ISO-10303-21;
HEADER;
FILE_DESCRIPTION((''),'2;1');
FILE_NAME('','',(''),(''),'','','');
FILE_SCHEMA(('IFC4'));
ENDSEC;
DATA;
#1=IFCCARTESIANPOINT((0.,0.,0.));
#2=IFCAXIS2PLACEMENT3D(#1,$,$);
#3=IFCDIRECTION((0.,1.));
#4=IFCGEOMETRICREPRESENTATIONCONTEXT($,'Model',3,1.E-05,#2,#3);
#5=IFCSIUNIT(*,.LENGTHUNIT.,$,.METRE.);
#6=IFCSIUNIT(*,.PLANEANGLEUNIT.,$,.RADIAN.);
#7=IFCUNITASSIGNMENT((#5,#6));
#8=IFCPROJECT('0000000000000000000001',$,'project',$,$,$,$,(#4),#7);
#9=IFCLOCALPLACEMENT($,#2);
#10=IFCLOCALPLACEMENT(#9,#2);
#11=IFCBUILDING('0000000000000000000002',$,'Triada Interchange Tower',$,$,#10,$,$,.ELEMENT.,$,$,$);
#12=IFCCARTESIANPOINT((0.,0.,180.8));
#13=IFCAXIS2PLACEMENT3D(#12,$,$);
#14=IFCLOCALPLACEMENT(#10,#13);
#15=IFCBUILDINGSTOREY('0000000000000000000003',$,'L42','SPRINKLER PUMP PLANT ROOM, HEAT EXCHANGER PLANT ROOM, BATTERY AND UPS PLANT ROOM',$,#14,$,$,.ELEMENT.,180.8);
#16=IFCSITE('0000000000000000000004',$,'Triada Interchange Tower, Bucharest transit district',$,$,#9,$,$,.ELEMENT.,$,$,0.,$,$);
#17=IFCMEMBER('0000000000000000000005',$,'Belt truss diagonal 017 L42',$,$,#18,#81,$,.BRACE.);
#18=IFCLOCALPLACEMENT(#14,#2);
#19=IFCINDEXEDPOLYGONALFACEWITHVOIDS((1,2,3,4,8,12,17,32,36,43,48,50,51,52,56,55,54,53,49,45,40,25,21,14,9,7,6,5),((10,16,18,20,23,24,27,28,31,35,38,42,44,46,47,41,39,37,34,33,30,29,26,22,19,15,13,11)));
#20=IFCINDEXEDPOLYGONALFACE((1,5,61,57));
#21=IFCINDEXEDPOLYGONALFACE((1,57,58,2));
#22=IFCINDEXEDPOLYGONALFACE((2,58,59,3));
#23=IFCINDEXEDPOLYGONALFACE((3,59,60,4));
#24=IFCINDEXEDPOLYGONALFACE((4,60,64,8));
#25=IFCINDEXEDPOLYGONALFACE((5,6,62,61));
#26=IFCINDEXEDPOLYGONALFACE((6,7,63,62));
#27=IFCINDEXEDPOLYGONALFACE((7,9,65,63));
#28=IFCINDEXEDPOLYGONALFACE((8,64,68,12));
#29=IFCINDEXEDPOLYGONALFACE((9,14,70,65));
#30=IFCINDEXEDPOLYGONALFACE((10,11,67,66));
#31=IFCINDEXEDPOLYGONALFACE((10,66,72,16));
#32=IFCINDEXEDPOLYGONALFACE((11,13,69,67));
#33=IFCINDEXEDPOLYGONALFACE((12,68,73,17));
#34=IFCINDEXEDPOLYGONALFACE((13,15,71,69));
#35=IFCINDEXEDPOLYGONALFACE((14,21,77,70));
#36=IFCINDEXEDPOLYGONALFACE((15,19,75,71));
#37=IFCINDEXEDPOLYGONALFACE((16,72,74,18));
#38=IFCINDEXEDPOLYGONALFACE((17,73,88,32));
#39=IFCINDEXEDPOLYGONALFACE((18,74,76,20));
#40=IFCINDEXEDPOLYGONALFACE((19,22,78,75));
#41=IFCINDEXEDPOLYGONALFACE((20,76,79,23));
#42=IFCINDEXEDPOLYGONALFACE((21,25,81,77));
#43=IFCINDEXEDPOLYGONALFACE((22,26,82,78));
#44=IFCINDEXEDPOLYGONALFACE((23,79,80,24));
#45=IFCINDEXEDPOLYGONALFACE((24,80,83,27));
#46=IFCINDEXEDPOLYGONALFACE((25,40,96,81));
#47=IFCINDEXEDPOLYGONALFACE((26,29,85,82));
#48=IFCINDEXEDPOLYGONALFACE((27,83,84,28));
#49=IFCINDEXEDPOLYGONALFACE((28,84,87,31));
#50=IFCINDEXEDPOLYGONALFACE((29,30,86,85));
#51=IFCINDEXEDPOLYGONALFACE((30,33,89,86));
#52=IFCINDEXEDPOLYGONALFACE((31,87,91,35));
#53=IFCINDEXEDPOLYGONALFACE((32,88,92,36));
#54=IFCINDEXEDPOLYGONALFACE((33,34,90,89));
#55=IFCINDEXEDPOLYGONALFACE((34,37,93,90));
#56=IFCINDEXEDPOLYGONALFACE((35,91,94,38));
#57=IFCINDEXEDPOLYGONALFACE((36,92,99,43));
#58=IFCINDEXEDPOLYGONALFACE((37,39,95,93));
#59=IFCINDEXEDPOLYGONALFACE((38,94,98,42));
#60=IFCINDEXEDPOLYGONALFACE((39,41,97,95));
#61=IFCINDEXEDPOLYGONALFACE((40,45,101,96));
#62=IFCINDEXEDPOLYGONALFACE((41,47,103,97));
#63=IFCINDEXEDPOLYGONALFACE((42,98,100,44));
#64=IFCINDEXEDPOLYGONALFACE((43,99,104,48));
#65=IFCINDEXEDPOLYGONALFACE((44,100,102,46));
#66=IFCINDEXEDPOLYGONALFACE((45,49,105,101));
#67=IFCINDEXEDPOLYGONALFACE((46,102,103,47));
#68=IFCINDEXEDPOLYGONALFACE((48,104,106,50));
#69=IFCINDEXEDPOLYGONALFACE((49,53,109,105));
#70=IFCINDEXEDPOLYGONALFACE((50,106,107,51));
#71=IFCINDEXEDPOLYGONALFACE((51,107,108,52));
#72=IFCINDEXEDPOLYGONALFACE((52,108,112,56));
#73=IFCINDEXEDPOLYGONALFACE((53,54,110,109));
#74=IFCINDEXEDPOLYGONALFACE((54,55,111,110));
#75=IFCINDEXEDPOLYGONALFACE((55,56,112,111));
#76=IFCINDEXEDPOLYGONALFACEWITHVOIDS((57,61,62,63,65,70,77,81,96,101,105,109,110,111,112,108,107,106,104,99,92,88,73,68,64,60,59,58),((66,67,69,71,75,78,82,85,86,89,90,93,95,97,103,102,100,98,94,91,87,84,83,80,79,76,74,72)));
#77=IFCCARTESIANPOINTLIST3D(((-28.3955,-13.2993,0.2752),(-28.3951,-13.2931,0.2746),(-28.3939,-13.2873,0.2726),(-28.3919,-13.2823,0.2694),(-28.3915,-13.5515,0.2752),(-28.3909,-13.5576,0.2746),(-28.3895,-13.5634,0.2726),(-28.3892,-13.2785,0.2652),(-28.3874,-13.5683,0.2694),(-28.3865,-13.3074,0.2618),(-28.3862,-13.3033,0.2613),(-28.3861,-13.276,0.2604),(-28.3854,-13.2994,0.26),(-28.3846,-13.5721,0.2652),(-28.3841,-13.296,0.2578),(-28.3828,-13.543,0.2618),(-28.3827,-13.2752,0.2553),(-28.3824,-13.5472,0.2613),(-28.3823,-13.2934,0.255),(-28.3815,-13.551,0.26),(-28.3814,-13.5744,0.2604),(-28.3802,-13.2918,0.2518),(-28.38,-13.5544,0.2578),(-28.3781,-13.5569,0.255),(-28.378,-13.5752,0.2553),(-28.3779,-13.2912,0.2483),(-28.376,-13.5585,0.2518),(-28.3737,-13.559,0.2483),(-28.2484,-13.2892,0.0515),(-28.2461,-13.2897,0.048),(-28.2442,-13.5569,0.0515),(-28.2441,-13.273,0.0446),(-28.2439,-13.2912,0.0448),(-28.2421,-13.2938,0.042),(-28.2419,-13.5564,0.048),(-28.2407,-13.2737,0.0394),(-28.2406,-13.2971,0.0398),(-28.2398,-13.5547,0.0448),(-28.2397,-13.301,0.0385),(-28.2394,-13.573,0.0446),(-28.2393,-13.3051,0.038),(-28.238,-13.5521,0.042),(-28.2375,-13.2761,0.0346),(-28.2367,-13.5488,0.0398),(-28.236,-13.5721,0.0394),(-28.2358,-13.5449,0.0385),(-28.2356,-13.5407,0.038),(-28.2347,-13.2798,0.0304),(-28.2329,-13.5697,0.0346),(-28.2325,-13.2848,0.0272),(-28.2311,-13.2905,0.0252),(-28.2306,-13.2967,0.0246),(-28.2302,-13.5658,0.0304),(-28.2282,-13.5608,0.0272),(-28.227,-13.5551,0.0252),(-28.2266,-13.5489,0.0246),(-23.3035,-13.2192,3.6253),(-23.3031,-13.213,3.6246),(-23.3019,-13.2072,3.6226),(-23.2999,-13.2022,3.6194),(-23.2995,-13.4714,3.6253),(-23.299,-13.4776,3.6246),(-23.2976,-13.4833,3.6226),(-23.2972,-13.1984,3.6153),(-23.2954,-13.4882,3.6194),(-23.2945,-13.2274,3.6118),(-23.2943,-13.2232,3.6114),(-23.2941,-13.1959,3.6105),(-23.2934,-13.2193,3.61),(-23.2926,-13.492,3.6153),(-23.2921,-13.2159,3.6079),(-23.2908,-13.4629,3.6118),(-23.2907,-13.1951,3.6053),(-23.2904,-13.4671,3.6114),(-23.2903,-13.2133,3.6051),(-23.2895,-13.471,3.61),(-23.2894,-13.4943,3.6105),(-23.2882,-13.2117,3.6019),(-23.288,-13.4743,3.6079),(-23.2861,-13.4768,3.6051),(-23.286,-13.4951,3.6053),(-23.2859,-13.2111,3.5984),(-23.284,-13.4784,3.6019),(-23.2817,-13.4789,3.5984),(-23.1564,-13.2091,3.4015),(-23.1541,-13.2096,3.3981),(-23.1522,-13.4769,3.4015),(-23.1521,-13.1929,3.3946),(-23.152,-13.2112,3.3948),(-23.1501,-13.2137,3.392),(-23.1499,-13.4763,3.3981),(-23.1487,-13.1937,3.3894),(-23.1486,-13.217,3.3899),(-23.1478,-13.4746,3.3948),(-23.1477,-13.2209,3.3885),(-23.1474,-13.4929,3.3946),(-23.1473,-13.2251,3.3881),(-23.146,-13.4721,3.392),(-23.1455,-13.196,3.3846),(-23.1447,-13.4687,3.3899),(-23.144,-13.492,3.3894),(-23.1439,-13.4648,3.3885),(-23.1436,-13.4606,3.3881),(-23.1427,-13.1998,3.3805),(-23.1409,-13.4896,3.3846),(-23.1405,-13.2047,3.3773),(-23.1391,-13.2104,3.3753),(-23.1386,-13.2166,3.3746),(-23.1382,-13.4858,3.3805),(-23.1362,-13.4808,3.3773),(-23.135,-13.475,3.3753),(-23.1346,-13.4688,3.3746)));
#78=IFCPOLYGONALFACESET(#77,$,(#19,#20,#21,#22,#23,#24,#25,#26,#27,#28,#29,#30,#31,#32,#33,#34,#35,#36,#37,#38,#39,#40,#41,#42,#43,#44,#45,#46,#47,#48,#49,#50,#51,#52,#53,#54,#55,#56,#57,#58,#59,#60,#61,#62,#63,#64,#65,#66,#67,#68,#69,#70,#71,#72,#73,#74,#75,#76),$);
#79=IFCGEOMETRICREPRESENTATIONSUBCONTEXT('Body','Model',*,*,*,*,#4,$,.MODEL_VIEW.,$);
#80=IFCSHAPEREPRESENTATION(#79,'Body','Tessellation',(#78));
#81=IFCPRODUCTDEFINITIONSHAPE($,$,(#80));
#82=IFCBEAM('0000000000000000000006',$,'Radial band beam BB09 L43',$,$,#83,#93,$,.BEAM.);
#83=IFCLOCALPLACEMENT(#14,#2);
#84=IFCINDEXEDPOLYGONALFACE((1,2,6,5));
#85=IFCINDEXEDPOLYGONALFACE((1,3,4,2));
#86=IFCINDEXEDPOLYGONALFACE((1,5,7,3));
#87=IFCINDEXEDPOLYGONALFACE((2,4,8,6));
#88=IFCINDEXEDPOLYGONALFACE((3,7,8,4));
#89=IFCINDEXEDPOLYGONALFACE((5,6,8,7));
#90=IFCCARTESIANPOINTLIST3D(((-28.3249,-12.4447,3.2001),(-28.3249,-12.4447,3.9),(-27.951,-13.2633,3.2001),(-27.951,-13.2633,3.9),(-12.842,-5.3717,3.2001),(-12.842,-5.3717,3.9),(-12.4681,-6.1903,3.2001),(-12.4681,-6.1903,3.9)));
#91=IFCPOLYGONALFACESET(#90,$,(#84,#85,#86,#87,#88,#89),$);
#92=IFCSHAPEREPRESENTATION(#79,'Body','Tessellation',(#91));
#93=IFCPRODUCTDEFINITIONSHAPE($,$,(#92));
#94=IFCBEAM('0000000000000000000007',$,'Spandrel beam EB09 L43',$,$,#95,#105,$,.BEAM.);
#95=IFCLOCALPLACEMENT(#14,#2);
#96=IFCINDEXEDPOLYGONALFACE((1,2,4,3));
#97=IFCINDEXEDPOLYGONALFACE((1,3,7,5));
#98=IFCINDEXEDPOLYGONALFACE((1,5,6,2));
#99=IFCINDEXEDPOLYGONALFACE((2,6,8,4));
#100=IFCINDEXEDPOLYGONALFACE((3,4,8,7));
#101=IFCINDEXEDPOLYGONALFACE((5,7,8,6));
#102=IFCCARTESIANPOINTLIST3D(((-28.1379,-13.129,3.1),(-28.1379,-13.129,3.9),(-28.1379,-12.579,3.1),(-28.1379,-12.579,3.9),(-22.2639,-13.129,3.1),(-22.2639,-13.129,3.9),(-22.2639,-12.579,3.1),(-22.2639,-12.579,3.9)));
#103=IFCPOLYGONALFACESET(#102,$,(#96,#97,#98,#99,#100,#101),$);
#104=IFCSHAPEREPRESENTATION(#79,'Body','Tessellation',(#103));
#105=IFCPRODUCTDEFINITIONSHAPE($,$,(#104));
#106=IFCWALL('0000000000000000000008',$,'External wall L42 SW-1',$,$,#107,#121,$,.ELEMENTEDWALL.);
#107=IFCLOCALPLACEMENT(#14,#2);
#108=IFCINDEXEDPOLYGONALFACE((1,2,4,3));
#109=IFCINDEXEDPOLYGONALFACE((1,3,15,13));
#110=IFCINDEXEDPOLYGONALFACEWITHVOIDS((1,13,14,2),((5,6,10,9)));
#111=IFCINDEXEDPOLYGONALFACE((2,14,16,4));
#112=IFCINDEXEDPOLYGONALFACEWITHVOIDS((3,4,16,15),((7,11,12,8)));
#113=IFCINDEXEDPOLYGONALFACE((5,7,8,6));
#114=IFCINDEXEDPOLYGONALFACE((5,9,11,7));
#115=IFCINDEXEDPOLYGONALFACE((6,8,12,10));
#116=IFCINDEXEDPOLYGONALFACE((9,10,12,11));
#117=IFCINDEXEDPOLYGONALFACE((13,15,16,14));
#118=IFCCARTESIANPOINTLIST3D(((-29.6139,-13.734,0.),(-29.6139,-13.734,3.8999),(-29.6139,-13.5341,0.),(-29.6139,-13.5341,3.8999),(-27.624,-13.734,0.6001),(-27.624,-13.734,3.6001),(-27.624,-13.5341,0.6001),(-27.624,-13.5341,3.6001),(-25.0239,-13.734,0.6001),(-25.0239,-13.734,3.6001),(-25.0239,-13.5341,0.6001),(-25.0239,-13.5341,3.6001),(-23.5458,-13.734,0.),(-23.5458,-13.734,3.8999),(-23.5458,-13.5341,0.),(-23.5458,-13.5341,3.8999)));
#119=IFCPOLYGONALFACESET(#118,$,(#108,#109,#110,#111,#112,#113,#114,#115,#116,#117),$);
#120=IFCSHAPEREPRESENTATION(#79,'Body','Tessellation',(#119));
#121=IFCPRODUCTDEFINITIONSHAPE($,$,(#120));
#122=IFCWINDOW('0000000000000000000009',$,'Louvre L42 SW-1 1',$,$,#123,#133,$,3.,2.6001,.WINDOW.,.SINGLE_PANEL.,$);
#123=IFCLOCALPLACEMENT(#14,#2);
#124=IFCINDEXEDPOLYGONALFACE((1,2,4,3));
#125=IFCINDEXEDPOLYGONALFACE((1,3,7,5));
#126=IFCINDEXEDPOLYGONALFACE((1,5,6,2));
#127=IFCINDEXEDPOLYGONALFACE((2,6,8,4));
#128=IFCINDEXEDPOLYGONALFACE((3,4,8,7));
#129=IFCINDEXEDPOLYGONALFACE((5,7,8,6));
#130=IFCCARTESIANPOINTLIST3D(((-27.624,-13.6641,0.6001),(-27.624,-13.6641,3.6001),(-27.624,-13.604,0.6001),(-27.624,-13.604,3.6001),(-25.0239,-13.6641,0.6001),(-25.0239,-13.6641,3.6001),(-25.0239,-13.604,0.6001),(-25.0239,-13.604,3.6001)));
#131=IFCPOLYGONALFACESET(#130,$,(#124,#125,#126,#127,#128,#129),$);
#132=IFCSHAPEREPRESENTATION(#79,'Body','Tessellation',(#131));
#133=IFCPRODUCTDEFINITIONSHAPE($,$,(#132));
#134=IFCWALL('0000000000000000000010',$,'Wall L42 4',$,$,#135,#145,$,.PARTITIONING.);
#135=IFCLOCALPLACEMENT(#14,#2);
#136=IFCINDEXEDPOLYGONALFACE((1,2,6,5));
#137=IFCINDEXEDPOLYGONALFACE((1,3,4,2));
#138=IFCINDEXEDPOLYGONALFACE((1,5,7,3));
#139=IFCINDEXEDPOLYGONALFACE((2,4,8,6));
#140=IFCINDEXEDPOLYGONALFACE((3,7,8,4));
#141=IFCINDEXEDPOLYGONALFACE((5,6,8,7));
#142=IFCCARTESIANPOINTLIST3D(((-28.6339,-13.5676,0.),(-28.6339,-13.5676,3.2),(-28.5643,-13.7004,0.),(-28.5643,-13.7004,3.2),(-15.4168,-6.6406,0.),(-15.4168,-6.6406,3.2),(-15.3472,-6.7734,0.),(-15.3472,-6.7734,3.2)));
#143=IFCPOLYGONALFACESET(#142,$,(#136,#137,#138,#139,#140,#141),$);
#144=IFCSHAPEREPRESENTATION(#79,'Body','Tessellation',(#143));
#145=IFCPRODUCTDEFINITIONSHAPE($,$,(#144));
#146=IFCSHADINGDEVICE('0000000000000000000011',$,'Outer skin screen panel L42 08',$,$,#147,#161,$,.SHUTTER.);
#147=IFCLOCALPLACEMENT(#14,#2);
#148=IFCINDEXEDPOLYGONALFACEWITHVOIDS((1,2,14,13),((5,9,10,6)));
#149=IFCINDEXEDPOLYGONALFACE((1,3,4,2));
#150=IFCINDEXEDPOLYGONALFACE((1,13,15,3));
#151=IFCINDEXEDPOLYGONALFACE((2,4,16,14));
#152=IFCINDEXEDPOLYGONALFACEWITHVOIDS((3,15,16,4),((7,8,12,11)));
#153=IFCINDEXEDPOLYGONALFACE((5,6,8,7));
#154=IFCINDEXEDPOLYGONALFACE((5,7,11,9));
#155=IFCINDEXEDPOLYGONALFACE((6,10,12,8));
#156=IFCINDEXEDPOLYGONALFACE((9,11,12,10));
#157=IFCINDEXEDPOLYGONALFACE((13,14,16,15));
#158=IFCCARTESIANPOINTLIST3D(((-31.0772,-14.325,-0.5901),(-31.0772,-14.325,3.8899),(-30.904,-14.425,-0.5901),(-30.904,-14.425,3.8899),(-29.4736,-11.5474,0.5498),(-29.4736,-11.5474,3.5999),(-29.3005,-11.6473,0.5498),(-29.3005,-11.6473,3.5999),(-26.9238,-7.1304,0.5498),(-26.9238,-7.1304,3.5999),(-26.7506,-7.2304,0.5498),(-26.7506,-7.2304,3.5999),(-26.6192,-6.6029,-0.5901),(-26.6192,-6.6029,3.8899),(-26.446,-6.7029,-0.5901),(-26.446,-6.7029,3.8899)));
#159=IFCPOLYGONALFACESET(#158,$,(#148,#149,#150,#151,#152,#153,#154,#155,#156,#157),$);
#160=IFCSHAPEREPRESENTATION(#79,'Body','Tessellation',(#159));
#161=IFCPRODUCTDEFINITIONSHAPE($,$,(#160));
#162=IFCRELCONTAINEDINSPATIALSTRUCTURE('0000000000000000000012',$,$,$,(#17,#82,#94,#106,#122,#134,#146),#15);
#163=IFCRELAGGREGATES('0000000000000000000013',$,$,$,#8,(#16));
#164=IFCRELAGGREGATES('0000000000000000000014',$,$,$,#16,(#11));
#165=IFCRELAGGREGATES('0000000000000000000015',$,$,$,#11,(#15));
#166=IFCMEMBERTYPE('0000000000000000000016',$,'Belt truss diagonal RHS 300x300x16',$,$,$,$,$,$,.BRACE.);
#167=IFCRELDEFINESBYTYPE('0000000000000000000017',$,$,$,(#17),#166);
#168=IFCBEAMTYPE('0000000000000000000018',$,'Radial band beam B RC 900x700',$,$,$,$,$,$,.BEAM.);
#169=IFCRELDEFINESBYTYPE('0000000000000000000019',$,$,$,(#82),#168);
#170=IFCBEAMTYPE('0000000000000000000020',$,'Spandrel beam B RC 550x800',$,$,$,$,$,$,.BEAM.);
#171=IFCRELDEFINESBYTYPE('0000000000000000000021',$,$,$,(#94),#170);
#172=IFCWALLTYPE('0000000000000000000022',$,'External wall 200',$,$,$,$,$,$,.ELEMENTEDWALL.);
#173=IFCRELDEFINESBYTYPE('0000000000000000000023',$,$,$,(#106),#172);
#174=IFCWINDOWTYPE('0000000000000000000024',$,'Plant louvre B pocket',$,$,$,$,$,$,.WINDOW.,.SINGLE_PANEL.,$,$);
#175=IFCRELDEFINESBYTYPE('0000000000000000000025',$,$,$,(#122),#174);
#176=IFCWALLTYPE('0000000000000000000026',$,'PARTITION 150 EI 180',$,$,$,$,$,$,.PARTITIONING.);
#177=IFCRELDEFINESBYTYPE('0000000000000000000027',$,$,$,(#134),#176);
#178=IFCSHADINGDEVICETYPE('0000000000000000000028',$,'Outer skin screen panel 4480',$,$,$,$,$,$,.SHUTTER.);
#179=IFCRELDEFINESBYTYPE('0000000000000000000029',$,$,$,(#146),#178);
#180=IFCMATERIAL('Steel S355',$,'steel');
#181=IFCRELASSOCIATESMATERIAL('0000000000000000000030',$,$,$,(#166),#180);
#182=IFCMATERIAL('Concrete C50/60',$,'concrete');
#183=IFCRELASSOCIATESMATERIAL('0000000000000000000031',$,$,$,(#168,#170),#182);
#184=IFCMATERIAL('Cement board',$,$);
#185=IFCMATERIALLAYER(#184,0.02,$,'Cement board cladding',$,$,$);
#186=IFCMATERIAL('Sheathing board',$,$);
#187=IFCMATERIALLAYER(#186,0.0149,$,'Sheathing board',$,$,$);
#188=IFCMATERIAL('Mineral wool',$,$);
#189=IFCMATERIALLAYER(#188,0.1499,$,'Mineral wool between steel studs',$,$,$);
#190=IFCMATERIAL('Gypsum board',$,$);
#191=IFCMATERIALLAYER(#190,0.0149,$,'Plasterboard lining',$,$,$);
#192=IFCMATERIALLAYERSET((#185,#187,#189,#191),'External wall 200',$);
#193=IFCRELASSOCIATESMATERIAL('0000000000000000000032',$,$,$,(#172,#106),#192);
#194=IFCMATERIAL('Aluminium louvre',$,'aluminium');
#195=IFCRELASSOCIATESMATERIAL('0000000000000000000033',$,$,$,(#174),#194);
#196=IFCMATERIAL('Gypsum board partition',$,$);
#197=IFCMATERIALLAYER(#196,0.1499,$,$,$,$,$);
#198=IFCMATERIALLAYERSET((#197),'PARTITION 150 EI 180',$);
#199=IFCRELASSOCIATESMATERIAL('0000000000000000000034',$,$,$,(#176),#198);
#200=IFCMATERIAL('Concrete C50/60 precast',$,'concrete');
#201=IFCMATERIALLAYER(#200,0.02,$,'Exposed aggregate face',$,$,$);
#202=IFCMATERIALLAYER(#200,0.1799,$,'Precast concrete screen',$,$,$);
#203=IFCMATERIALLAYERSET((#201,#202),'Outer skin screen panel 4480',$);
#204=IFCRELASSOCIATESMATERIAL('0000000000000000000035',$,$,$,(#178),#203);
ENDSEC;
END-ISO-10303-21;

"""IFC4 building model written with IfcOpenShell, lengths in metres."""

from ifc_helpers import new_model, si_unit, direction, frame, frame_2d, origin, origin_2d, place, context, subcontext, project, spatial, polyline, rectangle, hollow_rectangle, outline, extrude, material, layer, layer_set, layer_usage, material_profile, profile_set, type_object, element, fill, save


model = new_model("IFC4")

# Units and contexts
model_context = context("Model", 3, precision=1e-05, world=origin(), true_north=direction((0.0, 1.0)))
body_context = subcontext(model_context, "Body", "Model", "MODEL_VIEW")
ifc_project = project(units=[si_unit("LENGTHUNIT", "METRE"), si_unit("PLANEANGLEUNIT", "RADIAN")], contexts=[model_context])

# Site, building, storey
site_placement = place(None, origin())
site = spatial("IfcSite", under=ifc_project, at=site_placement, Name="Triada Interchange Tower, Bucharest transit district", CompositionType="ELEMENT", RefElevation=0.0)
building_placement = place(site_placement, origin())
building = spatial("IfcBuilding", under=site, at=building_placement, Name="Triada Interchange Tower", CompositionType="ELEMENT")
storey_placement = place(building_placement, frame((0.0, 0.0, 180.8)))
storey = spatial("IfcBuildingStorey", under=building, at=storey_placement, Name="L42", Description="SPRINKLER PUMP PLANT ROOM, HEAT EXCHANGER PLANT ROOM, BATTERY AND UPS PLANT ROOM", CompositionType="ELEMENT", Elevation=180.8)

# Member
ifc_material_1 = material(Name="Steel S355", Category="steel")
ifc_material_profile_1 = material_profile(ifc_material_1, hollow_rectangle(XDim=0.3, YDim=0.3, WallThickness=0.0161, InnerFilletRadius=0.0161, OuterFilletRadius=0.0239, at=origin_2d()), Name="RHS 300x300x16")
ifc_profile_set_1 = profile_set([ifc_material_profile_1], Name="Steel S355")
member_type = type_object("IfcMemberType", Name="Belt truss diagonal RHS 300x300x16", PredefinedType="BRACE", material=ifc_profile_set_1)
member_1_placement = place(storey_placement, frame((-28.311, -13.4241, 0.1499), z_axis=(0.83534, 0.013137, 0.549577), x_axis=(-0.015724, 0.999876, 0.0)))
element("IfcMember", 1, at=member_1_placement, inside=storey, type_object=member_type, Name="Belt truss diagonal 017 L42", PredefinedType="BRACE", context=body_context, shape_type="SweptSolid", body=[
    extrude(hollow_rectangle(XDim=0.3, YDim=0.3, WallThickness=0.0161, InnerFilletRadius=0.0161, OuterFilletRadius=0.0239, at=origin_2d()), origin(), (0.0, 0.0, 1.0), 6.0957),
])

# Beams
ifc_material_2 = material(Name="Concrete C50/60", Category="concrete")
ifc_material_profile_2 = material_profile(ifc_material_2, rectangle(XDim=0.8999, YDim=0.7, at=origin_2d()), Name="RC 900x700")
ifc_profile_set_2 = profile_set([ifc_material_profile_2], Name="Concrete C50/60")
beam_type_1 = type_object("IfcBeamType", Name="Radial band beam B RC 900x700", PredefinedType="BEAM", material=ifc_profile_set_2)
beam_1_placement = place(storey_placement, frame((-28.1379, -12.854, 3.55), z_axis=(0.909583, 0.415521, 0.0), x_axis=(-0.415521, 0.909583, 0.0)))
element("IfcBeam", 2, at=beam_1_placement, inside=storey, type_object=beam_type_1, Name="Radial band beam BB09 L43", PredefinedType="BEAM", context=body_context, shape_type="SweptSolid", body=[
    extrude(rectangle(XDim=0.8999, YDim=0.7, at=origin_2d()), origin(), (0.0, 0.0, 1.0), 17.022),
])
ifc_material_profile_3 = material_profile(ifc_material_2, rectangle(XDim=0.55, YDim=0.8, at=origin_2d()), Name="RC 550x800")
ifc_profile_set_3 = profile_set([ifc_material_profile_3], Name="Concrete C50/60")
beam_type_2 = type_object("IfcBeamType", Name="Spandrel beam B RC 550x800", PredefinedType="BEAM", material=ifc_profile_set_3)
beam_2_placement = place(storey_placement, frame((-28.1379, -12.854, 3.5), z_axis=(1.0, 0.0, 0.0), x_axis=(0.0, 1.0, 0.0)))
element("IfcBeam", 3, at=beam_2_placement, inside=storey, type_object=beam_type_2, Name="Spandrel beam EB09 L43", PredefinedType="BEAM", context=body_context, shape_type="SweptSolid", body=[
    extrude(rectangle(XDim=0.55, YDim=0.8, at=origin_2d()), origin(), (0.0, 0.0, 1.0), 5.874),
])

# Wall, opening, window
ifc_material_3 = material(Name="Cement board")
ifc_layer_1 = layer(ifc_material_3, 0.02, Name="Cement board cladding")
ifc_material_4 = material(Name="Sheathing board")
ifc_layer_2 = layer(ifc_material_4, 0.0149, Name="Sheathing board")
ifc_material_5 = material(Name="Mineral wool")
ifc_layer_3 = layer(ifc_material_5, 0.1499, Name="Mineral wool between steel studs")
ifc_material_6 = material(Name="Gypsum board")
ifc_layer_4 = layer(ifc_material_6, 0.0149, Name="Plasterboard lining")
ifc_layer_set_1 = layer_set([ifc_layer_1, ifc_layer_2, ifc_layer_3, ifc_layer_4], Name="External wall 200")
ifc_layer_usage = layer_usage(ifc_layer_set_1, "AXIS2", "POSITIVE", -0.1001)
wall_type_1 = type_object("IfcWallType", Name="External wall 200", PredefinedType="ELEMENTEDWALL", material=ifc_layer_set_1)
wall_1_placement = place(storey_placement, frame((-29.614, -13.634, 0.0), z_axis=(0.0, 0.0, 1.0), x_axis=(1.0, 0.0, 0.0)))
wall_1 = element("IfcWall", 4, at=wall_1_placement, inside=storey, type_object=wall_type_1, material=ifc_layer_usage, Name="External wall L42 SW-1", PredefinedType="ELEMENTEDWALL", context=body_context, shape_type="SweptSolid", body=[
    extrude(rectangle(XDim=6.0681, YDim=0.2, at=frame_2d((3.0342, 0.0))), origin(), (0.0, 0.0, 1.0), 3.8999),
])
opening_placement = place(wall_1_placement, frame((1.99, 0.0, 0.6001)))
opening = element("IfcOpeningElement", 5, at=opening_placement, cuts=wall_1, PredefinedType="OPENING", context=body_context, shape_type="SweptSolid", body=[
    extrude(rectangle(XDim=2.6001, YDim=3.0, at=frame_2d((1.3, 1.5))), frame((0.0, 0.1099, 0.0), z_axis=(0.0, -1.0, 0.0), x_axis=(1.0, 0.0, 0.0)), (0.0, 0.0, 1.0), 0.22),
])
ifc_material_7 = material(Name="Aluminium louvre", Category="aluminium")
window_type = type_object("IfcWindowType", Name="Plant louvre B pocket", PartitioningType="SINGLE_PANEL", PredefinedType="WINDOW", material=ifc_material_7)
window_placement = place(opening_placement, origin())
window = element("IfcWindow", 6, at=window_placement, inside=storey, type_object=window_type, Name="Louvre L42 SW-1 1", OverallHeight=3.0, OverallWidth=2.6001, PartitioningType="SINGLE_PANEL", PredefinedType="WINDOW", context=body_context, shape_type="SweptSolid", body=[
    extrude(rectangle(XDim=2.6001, YDim=3.0, at=frame_2d((1.3, 1.5))), frame((0.0, 0.03, 0.0), z_axis=(0.0, -1.0, 0.0), x_axis=(1.0, 0.0, 0.0)), (0.0, 0.0, 1.0), 0.0601),
])
fill(opening, window)

# Wall
ifc_material_8 = material(Name="Gypsum board partition")
ifc_layer_5 = layer(ifc_material_8, 0.1499)
ifc_layer_set_2 = layer_set([ifc_layer_5], Name="PARTITION 150 EI 180")
wall_type_2 = type_object("IfcWallType", Name="PARTITION 150 EI 180", PredefinedType="PARTITIONING", material=ifc_layer_set_2)
wall_2_placement = place(storey_placement, frame((-28.5991, -13.634, 0.0), z_axis=(0.0, 0.0, 1.0), x_axis=(0.885727, 0.464206, 0.0)))
element("IfcWall", 7, at=wall_2_placement, inside=storey, type_object=wall_type_2, Name="Wall L42 4", PredefinedType="PARTITIONING", context=body_context, shape_type="SweptSolid", body=[
    extrude(rectangle(XDim=14.9224, YDim=0.1499, at=frame_2d((7.4612, 0.0))), origin(), (0.0, 0.0, 1.0), 3.2),
])

# Shading device
ifc_material_9 = material(Name="Concrete C50/60 precast", Category="concrete")
ifc_layer_6 = layer(ifc_material_9, 0.02, Name="Exposed aggregate face")
ifc_layer_7 = layer(ifc_material_9, 0.1799, Name="Precast concrete screen")
ifc_layer_set_3 = layer_set([ifc_layer_6, ifc_layer_7], Name="Outer skin screen panel 4480")
shading_device_type = type_object("IfcShadingDeviceType", Name="Outer skin screen panel 4480", PredefinedType="SHUTTER", material=ifc_layer_set_3)
shading_device_placement = place(storey_placement, frame((-26.446, -6.7029, -0.5901), z_axis=(0.0, 0.0, 1.0), x_axis=(-0.499967, -0.866044, 0.0)))
element("IfcShadingDevice", 8, at=shading_device_placement, inside=storey, type_object=shading_device_type, Name="Outer skin screen panel L42 08", PredefinedType="SHUTTER", context=body_context, shape_type="SweptSolid", body=[
    extrude(outline(polyline([(0.0, 0.0), (8.9165, 0.0), (8.9165, 4.48), (0.0, 4.48), (0.0, 0.0)]), holes=[polyline([(0.6091, 1.1399), (0.6091, 4.1899), (5.7092, 4.1899), (5.7092, 1.1399), (0.6091, 1.1399)])]), frame((0.0, 0.0, 0.0), z_axis=(0.0, -1.0, 0.0), x_axis=(1.0, 0.0, 0.0)), (0.0, 0.0, 1.0), 0.2),
])

save(model, "model.ifc")
